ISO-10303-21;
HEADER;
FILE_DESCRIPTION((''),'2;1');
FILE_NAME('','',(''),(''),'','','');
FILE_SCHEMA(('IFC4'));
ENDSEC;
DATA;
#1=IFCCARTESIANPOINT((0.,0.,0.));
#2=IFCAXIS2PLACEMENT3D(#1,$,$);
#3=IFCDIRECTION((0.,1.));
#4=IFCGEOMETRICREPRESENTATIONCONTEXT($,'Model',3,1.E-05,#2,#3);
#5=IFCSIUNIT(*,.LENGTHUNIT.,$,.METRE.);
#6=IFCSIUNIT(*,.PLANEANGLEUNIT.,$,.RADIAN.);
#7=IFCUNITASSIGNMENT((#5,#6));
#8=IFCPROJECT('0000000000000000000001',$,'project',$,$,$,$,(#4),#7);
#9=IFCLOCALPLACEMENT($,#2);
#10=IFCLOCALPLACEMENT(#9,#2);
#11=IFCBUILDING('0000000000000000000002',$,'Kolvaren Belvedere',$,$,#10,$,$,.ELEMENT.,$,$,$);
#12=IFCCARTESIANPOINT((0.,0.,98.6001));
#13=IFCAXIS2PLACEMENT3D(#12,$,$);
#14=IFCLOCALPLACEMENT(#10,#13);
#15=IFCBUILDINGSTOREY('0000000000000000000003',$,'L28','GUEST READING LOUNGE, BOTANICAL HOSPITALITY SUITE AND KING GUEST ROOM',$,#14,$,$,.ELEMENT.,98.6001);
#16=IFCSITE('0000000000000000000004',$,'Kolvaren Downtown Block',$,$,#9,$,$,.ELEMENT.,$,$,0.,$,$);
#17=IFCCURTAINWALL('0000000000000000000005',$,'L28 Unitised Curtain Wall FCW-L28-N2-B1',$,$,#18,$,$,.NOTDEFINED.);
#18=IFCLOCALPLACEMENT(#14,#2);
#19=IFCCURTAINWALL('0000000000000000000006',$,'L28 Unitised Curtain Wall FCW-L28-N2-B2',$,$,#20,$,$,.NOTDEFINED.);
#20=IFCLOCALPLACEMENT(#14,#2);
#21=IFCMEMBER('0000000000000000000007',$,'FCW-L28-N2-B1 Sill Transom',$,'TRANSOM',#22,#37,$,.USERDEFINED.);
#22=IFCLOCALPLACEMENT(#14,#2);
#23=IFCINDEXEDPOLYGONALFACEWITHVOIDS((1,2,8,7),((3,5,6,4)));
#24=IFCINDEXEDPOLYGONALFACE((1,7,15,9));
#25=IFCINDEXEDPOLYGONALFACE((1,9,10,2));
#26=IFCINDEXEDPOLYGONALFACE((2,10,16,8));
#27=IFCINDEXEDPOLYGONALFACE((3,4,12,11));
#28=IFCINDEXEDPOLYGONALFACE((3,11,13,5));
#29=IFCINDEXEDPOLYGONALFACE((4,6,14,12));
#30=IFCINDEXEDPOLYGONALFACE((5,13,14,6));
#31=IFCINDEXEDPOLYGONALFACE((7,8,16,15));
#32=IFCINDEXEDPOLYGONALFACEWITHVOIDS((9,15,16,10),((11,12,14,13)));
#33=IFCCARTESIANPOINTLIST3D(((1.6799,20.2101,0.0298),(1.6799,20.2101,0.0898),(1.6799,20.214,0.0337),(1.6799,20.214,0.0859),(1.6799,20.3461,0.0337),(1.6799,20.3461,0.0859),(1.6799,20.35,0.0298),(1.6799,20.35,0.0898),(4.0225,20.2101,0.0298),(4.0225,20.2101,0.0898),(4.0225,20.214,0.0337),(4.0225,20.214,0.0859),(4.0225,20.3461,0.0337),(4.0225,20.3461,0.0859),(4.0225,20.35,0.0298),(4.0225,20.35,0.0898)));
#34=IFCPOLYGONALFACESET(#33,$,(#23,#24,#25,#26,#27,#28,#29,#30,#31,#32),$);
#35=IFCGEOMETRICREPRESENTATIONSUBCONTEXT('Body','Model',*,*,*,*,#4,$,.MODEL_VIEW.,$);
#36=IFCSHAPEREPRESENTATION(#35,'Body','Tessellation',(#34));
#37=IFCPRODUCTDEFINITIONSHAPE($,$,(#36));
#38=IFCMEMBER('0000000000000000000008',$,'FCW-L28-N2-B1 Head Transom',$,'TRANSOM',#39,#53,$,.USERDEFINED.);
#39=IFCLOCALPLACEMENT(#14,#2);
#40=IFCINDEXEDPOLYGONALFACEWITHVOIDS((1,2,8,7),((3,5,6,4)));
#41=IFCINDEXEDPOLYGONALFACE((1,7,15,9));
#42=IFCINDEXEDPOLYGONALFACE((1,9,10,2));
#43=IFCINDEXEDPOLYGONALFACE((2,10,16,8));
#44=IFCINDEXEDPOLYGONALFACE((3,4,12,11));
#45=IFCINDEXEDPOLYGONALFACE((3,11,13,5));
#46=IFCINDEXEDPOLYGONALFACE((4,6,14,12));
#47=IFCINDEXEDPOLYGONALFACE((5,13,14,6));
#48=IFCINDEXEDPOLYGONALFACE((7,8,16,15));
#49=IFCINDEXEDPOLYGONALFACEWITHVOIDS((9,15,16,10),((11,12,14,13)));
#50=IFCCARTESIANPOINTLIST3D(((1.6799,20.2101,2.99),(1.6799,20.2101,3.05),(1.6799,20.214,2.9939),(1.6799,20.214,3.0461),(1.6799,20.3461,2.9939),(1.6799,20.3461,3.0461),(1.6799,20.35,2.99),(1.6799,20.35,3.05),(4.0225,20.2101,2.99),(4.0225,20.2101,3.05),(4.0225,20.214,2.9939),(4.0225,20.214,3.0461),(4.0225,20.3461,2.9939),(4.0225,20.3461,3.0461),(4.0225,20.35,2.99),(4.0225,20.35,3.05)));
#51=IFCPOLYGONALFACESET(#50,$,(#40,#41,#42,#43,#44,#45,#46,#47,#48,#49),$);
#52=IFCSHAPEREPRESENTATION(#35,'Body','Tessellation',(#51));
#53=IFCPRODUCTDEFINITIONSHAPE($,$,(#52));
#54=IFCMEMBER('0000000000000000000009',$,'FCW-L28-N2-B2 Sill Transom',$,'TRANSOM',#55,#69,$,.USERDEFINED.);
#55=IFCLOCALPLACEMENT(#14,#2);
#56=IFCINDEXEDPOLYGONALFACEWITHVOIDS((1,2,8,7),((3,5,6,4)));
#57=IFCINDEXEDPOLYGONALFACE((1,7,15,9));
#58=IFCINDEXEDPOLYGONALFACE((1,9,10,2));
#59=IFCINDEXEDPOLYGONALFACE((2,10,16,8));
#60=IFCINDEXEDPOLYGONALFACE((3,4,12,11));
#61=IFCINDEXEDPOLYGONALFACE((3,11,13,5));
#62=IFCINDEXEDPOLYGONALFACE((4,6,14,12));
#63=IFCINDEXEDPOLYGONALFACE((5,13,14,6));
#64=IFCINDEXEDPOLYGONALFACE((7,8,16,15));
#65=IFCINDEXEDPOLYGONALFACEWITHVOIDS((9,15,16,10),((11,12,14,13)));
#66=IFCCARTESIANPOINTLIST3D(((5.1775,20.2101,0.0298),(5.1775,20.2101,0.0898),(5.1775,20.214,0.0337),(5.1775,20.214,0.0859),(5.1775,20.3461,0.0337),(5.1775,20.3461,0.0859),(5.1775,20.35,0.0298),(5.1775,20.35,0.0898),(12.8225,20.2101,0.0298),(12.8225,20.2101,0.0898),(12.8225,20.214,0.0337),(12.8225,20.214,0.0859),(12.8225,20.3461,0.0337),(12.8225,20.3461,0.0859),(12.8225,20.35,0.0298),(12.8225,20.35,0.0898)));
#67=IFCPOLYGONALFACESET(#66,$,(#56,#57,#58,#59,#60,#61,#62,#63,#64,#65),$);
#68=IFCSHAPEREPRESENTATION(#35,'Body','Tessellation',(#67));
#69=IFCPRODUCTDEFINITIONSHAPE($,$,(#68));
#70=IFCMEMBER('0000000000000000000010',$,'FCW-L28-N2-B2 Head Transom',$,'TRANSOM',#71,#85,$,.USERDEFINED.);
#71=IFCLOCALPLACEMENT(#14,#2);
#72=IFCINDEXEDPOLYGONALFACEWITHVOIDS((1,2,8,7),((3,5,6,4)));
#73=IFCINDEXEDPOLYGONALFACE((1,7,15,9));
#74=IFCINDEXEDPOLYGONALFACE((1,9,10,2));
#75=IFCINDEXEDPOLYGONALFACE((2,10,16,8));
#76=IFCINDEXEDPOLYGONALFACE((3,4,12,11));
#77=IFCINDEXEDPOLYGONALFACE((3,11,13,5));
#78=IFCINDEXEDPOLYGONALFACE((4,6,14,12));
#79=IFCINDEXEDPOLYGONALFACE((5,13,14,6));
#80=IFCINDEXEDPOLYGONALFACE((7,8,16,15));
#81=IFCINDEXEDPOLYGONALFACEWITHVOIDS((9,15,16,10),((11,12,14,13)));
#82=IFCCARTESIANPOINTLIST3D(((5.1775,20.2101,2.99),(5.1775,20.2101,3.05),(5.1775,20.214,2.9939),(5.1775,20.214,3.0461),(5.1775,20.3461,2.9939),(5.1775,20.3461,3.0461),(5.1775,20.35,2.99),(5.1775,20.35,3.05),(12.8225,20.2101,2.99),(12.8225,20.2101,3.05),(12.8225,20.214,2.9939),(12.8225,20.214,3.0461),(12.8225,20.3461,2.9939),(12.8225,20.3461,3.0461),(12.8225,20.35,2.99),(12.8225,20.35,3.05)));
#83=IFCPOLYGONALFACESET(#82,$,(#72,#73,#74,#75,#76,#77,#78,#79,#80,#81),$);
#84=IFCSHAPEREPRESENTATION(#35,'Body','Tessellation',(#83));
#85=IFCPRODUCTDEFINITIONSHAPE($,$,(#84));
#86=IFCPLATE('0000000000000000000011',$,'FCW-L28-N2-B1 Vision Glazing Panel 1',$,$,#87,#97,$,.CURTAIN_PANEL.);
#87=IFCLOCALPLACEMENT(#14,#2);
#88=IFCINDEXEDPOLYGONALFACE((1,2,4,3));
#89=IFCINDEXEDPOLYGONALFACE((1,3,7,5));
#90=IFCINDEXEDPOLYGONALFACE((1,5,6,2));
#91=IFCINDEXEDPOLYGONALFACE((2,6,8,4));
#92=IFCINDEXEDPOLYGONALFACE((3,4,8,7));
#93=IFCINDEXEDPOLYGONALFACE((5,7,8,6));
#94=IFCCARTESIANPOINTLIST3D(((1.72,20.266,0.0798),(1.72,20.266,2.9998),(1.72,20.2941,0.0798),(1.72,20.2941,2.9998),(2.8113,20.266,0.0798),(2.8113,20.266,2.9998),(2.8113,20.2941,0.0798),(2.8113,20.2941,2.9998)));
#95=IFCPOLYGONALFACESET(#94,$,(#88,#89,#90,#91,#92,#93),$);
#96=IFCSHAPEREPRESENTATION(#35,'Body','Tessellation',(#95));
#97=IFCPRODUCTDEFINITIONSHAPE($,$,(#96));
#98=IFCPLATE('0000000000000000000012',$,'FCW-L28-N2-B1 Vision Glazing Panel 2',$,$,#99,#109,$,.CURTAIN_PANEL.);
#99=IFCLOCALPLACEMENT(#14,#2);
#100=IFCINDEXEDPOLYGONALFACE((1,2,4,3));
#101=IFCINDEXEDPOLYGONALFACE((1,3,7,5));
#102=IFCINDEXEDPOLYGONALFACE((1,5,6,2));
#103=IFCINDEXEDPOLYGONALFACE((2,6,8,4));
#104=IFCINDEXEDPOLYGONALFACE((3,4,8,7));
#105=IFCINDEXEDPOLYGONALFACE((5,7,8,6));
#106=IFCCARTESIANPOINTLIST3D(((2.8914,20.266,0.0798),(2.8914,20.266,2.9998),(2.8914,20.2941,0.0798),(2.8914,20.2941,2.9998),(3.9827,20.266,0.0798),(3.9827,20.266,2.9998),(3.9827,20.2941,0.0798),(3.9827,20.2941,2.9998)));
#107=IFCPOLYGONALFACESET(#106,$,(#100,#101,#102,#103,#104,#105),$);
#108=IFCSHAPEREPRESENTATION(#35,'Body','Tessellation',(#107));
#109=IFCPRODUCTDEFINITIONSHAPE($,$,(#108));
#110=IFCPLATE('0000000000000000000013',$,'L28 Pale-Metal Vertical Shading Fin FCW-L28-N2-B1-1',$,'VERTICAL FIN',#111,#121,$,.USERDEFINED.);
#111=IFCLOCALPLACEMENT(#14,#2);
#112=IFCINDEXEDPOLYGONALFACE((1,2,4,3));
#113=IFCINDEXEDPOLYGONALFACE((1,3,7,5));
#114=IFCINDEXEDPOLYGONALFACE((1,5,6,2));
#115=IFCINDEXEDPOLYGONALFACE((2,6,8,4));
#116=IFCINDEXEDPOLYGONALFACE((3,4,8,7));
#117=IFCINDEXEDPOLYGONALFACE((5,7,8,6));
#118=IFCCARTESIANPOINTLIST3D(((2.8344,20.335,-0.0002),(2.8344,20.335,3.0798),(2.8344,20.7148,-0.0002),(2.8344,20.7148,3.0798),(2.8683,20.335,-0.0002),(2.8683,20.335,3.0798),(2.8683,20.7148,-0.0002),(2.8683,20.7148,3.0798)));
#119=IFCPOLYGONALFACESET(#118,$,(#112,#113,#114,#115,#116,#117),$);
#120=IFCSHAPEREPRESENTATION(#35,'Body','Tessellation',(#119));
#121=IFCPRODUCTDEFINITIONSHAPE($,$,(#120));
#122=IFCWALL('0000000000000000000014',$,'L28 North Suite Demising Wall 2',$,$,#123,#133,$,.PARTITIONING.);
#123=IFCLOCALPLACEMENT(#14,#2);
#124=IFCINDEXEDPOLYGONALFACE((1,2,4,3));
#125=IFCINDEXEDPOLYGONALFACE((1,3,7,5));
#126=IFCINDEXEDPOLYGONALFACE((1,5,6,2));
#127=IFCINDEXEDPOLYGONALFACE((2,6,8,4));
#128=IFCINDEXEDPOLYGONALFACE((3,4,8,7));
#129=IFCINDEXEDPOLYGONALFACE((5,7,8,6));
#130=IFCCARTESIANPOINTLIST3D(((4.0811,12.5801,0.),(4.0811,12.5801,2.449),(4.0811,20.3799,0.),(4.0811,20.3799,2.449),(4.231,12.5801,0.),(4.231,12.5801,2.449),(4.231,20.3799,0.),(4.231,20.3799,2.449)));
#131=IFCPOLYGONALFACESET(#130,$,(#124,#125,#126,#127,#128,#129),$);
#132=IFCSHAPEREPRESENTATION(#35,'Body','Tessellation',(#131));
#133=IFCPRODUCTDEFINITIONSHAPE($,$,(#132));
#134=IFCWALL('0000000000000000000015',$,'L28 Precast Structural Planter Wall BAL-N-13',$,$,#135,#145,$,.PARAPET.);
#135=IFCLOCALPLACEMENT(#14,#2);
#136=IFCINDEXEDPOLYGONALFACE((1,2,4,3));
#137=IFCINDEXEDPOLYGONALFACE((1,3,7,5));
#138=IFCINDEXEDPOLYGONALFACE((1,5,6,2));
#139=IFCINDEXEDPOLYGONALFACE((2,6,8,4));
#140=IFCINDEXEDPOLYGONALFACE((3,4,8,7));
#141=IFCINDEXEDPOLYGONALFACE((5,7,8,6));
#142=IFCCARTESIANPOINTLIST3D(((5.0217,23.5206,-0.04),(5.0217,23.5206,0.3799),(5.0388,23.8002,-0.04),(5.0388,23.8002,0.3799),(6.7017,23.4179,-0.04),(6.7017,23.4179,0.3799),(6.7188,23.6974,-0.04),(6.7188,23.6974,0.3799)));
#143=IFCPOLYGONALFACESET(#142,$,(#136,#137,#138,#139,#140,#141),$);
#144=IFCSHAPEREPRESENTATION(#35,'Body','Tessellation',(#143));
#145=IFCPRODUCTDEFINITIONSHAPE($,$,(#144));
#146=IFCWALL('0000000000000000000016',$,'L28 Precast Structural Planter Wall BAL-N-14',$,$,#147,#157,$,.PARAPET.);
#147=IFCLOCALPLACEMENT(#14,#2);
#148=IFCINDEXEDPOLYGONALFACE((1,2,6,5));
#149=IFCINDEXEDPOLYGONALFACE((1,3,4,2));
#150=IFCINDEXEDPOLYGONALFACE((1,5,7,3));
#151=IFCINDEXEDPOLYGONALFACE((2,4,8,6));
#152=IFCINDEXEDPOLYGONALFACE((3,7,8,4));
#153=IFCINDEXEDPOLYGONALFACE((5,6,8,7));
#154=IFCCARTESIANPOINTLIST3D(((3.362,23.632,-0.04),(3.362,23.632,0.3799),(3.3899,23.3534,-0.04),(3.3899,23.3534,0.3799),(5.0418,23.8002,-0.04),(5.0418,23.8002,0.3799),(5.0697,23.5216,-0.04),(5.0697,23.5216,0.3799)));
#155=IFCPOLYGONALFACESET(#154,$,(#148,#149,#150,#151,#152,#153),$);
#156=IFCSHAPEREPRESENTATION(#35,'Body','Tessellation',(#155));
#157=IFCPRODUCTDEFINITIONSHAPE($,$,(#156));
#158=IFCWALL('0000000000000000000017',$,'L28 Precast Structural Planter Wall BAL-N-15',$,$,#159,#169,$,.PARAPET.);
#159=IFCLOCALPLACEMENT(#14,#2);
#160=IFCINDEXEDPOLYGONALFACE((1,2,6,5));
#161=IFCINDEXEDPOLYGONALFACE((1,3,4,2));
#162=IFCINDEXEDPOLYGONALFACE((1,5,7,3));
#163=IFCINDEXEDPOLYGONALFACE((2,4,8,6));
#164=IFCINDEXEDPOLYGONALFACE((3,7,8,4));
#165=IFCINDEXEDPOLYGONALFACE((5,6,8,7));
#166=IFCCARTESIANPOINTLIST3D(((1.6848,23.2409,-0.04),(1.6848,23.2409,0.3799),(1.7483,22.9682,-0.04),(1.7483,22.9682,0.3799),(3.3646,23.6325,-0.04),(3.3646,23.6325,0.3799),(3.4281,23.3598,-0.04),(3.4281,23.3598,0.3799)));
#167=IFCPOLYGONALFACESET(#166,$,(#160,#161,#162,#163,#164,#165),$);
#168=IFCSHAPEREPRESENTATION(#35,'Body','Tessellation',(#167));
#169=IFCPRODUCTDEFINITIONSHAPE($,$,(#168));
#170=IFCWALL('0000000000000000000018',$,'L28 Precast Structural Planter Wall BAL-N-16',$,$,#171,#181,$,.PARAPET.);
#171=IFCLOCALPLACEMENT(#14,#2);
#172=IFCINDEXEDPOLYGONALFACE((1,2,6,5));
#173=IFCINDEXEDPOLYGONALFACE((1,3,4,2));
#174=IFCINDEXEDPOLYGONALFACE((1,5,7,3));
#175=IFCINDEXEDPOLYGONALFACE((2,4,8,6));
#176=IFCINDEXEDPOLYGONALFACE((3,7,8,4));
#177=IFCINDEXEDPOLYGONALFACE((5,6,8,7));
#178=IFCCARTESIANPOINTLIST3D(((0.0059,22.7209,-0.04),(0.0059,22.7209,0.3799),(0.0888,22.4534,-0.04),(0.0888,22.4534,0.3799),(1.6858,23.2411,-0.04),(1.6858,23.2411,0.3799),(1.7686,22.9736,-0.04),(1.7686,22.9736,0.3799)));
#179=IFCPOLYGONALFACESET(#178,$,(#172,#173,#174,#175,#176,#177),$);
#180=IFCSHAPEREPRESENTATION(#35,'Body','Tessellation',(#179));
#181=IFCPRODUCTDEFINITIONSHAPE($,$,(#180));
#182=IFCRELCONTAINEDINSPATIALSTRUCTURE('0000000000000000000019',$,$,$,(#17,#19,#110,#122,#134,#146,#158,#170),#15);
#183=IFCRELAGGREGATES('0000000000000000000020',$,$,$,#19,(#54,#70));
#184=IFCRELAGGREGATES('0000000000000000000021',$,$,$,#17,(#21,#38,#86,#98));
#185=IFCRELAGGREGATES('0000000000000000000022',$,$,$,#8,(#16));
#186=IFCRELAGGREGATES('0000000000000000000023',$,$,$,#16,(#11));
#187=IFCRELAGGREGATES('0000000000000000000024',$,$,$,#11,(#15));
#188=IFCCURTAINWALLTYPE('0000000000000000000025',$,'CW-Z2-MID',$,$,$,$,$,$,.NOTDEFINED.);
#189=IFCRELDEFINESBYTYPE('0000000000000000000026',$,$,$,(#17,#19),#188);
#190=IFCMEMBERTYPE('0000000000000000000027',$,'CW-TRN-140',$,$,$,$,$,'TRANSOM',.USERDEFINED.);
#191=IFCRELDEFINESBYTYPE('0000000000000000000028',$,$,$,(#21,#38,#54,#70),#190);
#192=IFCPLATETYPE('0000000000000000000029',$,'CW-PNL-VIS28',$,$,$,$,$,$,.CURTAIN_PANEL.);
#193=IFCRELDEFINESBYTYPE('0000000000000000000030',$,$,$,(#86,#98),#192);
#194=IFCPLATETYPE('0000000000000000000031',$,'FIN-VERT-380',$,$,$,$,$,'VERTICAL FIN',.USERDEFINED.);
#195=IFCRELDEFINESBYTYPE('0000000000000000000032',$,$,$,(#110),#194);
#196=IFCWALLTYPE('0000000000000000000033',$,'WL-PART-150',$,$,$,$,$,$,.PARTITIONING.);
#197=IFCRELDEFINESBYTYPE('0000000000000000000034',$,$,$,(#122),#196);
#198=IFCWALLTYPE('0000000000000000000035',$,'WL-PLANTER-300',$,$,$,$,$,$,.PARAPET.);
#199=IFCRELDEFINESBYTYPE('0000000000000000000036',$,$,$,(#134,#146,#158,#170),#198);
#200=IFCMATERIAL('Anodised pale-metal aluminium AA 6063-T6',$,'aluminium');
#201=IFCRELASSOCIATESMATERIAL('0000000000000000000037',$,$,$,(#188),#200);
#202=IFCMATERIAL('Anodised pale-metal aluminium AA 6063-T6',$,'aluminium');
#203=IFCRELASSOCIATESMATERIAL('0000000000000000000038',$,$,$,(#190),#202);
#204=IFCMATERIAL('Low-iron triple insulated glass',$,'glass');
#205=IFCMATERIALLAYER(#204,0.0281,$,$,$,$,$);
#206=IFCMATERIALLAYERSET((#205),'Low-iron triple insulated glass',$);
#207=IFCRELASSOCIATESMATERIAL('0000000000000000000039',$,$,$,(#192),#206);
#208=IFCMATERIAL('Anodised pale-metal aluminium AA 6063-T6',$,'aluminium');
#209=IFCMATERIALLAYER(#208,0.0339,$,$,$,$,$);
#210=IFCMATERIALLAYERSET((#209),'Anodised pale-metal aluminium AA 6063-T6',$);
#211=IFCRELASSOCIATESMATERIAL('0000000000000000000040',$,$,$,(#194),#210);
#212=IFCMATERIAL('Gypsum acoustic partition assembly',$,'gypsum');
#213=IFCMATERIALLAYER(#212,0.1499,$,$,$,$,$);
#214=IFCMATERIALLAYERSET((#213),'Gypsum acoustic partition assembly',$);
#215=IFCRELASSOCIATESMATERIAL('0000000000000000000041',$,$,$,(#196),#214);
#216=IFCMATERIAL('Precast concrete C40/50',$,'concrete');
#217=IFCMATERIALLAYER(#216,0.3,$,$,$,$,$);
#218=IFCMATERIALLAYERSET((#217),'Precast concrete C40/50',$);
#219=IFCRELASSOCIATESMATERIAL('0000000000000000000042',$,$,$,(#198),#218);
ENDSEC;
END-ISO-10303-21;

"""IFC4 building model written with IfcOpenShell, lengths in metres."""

from ifc_helpers import new_model, si_unit, direction, frame, frame_2d, origin, origin_2d, place, context, subcontext, project, spatial, rectangle, hollow_rectangle, extrude, material, layer, layer_set, material_profile, profile_set, type_object, element, aggregate, save


model = new_model("IFC4")

# Units and contexts
model_context = context("Model", 3, precision=1e-05, world=origin(), true_north=direction((0.0, 1.0)))
body_context = subcontext(model_context, "Body", "Model", "MODEL_VIEW")
ifc_project = project(units=[si_unit("LENGTHUNIT", "METRE"), si_unit("PLANEANGLEUNIT", "RADIAN")], contexts=[model_context])

# Site, building, storey
site_placement = place(None, origin())
site = spatial("IfcSite", under=ifc_project, at=site_placement, Name="Kolvaren Downtown Block", CompositionType="ELEMENT", RefElevation=0.0)
building_placement = place(site_placement, origin())
building = spatial("IfcBuilding", under=site, at=building_placement, Name="Kolvaren Belvedere", CompositionType="ELEMENT")
storey_placement = place(building_placement, frame((0.0, 0.0, 98.6001)))
storey = spatial("IfcBuildingStorey", under=building, at=storey_placement, Name="L28", Description="GUEST READING LOUNGE, BOTANICAL HOSPITALITY SUITE AND KING GUEST ROOM", CompositionType="ELEMENT", Elevation=98.6001)

# Curtain wall
ifc_material_1 = material(Name="Anodised pale-metal aluminium AA 6063-T6", Category="aluminium")
curtain_wall_type = type_object("IfcCurtainWallType", Name="CW-Z2-MID", PredefinedType="NOTDEFINED", material=ifc_material_1)
curtain_wall_1_placement = place(storey_placement, origin())
curtain_wall_1 = element("IfcCurtainWall", 1, at=curtain_wall_1_placement, inside=storey, type_object=curtain_wall_type, Name="L28 Unitised Curtain Wall FCW-L28-N2-B1", PredefinedType="NOTDEFINED")

# Curtain wall
curtain_wall_2_placement = place(storey_placement, origin())
curtain_wall_2 = element("IfcCurtainWall", 2, at=curtain_wall_2_placement, inside=storey, type_object=curtain_wall_type, Name="L28 Unitised Curtain Wall FCW-L28-N2-B2", PredefinedType="NOTDEFINED")

# Members
ifc_material_2 = material(Name="Anodised pale-metal aluminium AA 6063-T6", Category="aluminium")
ifc_material_profile_1 = material_profile(ifc_material_2, hollow_rectangle(XDim=0.0601, YDim=0.1399, WallThickness=0.0039, at=origin_2d()), Name="ALU-TRN-140X60")
ifc_profile_set_1 = profile_set([ifc_material_profile_1], Name="Anodised pale-metal aluminium AA 6063-T6")
member_type_1 = type_object("IfcMemberType", Name="CW-TRN-140", ElementType="TRANSOM", PredefinedType="USERDEFINED", material=ifc_profile_set_1)
member_1_placement = place(storey_placement, frame((1.6799, 20.28, 0.0598), z_axis=(1.0, 0.0, 0.0), x_axis=(0.0, 0.0, 1.0)))
member_1 = element("IfcMember", 3, at=member_1_placement, type_object=member_type_1, Name="FCW-L28-N2-B1 Sill Transom", ObjectType="TRANSOM", PredefinedType="USERDEFINED", context=body_context, shape_type="SweptSolid", body=[
    extrude(hollow_rectangle(XDim=0.0601, YDim=0.1399, WallThickness=0.0039, at=origin_2d()), origin(), (0.0, 0.0, 1.0), 2.3425),
])
member_2_placement = place(storey_placement, frame((1.6799, 20.28, 3.02), z_axis=(1.0, 0.0, 0.0), x_axis=(0.0, 0.0, 1.0)))
member_2 = element("IfcMember", 4, at=member_2_placement, type_object=member_type_1, Name="FCW-L28-N2-B1 Head Transom", ObjectType="TRANSOM", PredefinedType="USERDEFINED", context=body_context, shape_type="SweptSolid", body=[
    extrude(hollow_rectangle(XDim=0.0601, YDim=0.1399, WallThickness=0.0039, at=origin_2d()), origin(), (0.0, 0.0, 1.0), 2.3425),
])
member_3_placement = place(storey_placement, frame((5.1775, 20.28, 0.0598), z_axis=(1.0, 0.0, 0.0), x_axis=(0.0, 0.0, 1.0)))
member_3 = element("IfcMember", 5, at=member_3_placement, type_object=member_type_1, Name="FCW-L28-N2-B2 Sill Transom", ObjectType="TRANSOM", PredefinedType="USERDEFINED", context=body_context, shape_type="SweptSolid", body=[
    extrude(hollow_rectangle(XDim=0.0601, YDim=0.1399, WallThickness=0.0039, at=origin_2d()), origin(), (0.0, 0.0, 1.0), 7.645),
])
member_4_placement = place(storey_placement, frame((5.1775, 20.28, 3.02), z_axis=(1.0, 0.0, 0.0), x_axis=(0.0, 0.0, 1.0)))
member_4 = element("IfcMember", 6, at=member_4_placement, type_object=member_type_1, Name="FCW-L28-N2-B2 Head Transom", ObjectType="TRANSOM", PredefinedType="USERDEFINED", context=body_context, shape_type="SweptSolid", body=[
    extrude(hollow_rectangle(XDim=0.0601, YDim=0.1399, WallThickness=0.0039, at=origin_2d()), origin(), (0.0, 0.0, 1.0), 7.645),
])
aggregate(curtain_wall_2, [member_3, member_4])

# Plates
ifc_material_3 = material(Name="Low-iron triple insulated glass", Category="glass")
ifc_layer_1 = layer(ifc_material_3, 0.0281)
ifc_layer_set_1 = layer_set([ifc_layer_1], Name="Low-iron triple insulated glass")
plate_type_1 = type_object("IfcPlateType", Name="CW-PNL-VIS28", PredefinedType="CURTAIN_PANEL", material=ifc_layer_set_1)
plate_1_placement = place(storey_placement, frame((2.2656, 20.28, 0.0798), z_axis=(0.0, 0.0, 1.0), x_axis=(1.0, 0.0, 0.0)))
plate_1 = element("IfcPlate", 7, at=plate_1_placement, type_object=plate_type_1, Name="FCW-L28-N2-B1 Vision Glazing Panel 1", PredefinedType="CURTAIN_PANEL", context=body_context, shape_type="SweptSolid", body=[
    extrude(rectangle(XDim=1.0913, YDim=0.0281, at=origin_2d()), origin(), (0.0, 0.0, 1.0), 2.9199),
])
plate_2_placement = place(storey_placement, frame((3.437, 20.28, 0.0798), z_axis=(0.0, 0.0, 1.0), x_axis=(1.0, 0.0, 0.0)))
plate_2 = element("IfcPlate", 8, at=plate_2_placement, type_object=plate_type_1, Name="FCW-L28-N2-B1 Vision Glazing Panel 2", PredefinedType="CURTAIN_PANEL", context=body_context, shape_type="SweptSolid", body=[
    extrude(rectangle(XDim=1.0913, YDim=0.0281, at=origin_2d()), origin(), (0.0, 0.0, 1.0), 2.9199),
])
aggregate(curtain_wall_1, [member_1, member_2, plate_1, plate_2])
ifc_material_4 = material(Name="Anodised pale-metal aluminium AA 6063-T6", Category="aluminium")
ifc_layer_2 = layer(ifc_material_4, 0.0339)
ifc_layer_set_2 = layer_set([ifc_layer_2], Name="Anodised pale-metal aluminium AA 6063-T6")
plate_type_2 = type_object("IfcPlateType", Name="FIN-VERT-380", ElementType="VERTICAL FIN", PredefinedType="USERDEFINED", material=ifc_layer_set_2)
plate_3_placement = place(storey_placement, frame((2.8513, 20.5249, -0.0002), z_axis=(0.0, 0.0, 1.0), x_axis=(0.0, 1.0, 0.0)))
element("IfcPlate", 9, at=plate_3_placement, inside=storey, type_object=plate_type_2, Name="L28 Pale-Metal Vertical Shading Fin FCW-L28-N2-B1-1", ObjectType="VERTICAL FIN", PredefinedType="USERDEFINED", context=body_context, shape_type="SweptSolid", body=[
    extrude(rectangle(XDim=0.3799, YDim=0.0339, at=origin_2d()), origin(), (0.0, 0.0, 1.0), 3.0801),
])

# Walls
ifc_material_5 = material(Name="Gypsum acoustic partition assembly", Category="gypsum")
ifc_layer_3 = layer(ifc_material_5, 0.1499)
ifc_layer_set_3 = layer_set([ifc_layer_3], Name="Gypsum acoustic partition assembly")
wall_type_1 = type_object("IfcWallType", Name="WL-PART-150", PredefinedType="PARTITIONING", material=ifc_layer_set_3)
wall_1_placement = place(storey_placement, frame((4.156, 12.5801, 0.0), z_axis=(0.0, 0.0, 1.0), x_axis=(0.0, 1.0, 0.0)))
element("IfcWall", 10, at=wall_1_placement, inside=storey, type_object=wall_type_1, Name="L28 North Suite Demising Wall 2", PredefinedType="PARTITIONING", context=body_context, shape_type="SweptSolid", body=[
    extrude(rectangle(XDim=7.7998, YDim=0.1499, at=frame_2d((3.8999, 0.0))), origin(), (0.0, 0.0, 1.0), 2.449),
])
ifc_material_6 = material(Name="Precast concrete C40/50", Category="concrete")
ifc_layer_4 = layer(ifc_material_6, 0.3)
ifc_layer_set_4 = layer_set([ifc_layer_4], Name="Precast concrete C40/50")
wall_type_2 = type_object("IfcWallType", Name="WL-PLANTER-300", PredefinedType="PARAPET", material=ifc_layer_set_4)
wall_2_placement = place(storey_placement, frame((6.7102, 23.5576, -0.04), z_axis=(0.0, 0.0, 1.0), x_axis=(-0.998134, 0.061069, 0.0)))
element("IfcWall", 11, at=wall_2_placement, inside=storey, type_object=wall_type_2, Name="L28 Precast Structural Planter Wall BAL-N-13", PredefinedType="PARAPET", context=body_context, shape_type="SweptSolid", body=[
    extrude(rectangle(XDim=1.6831, YDim=0.28, at=frame_2d((0.8416, 0.0))), origin(), (0.0, 0.0, 1.0), 0.4199),
])
wall_3_placement = place(storey_placement, frame((5.0559, 23.6609, -0.04), z_axis=(0.0, 0.0, 1.0), x_axis=(-0.995024, -0.099633, 0.0)))
element("IfcWall", 12, at=wall_3_placement, inside=storey, type_object=wall_type_2, Name="L28 Precast Structural Planter Wall BAL-N-14", PredefinedType="PARAPET", context=body_context, shape_type="SweptSolid", body=[
    extrude(rectangle(XDim=1.6882, YDim=0.28, at=frame_2d((0.8442, 0.0))), origin(), (0.0, 0.0, 1.0), 0.4199),
])
wall_4_placement = place(storey_placement, frame((3.3962, 23.4961, -0.04), z_axis=(0.0, 0.0, 1.0), x_axis=(-0.97389, -0.227019, 0.0)))
element("IfcWall", 13, at=wall_4_placement, inside=storey, type_object=wall_type_2, Name="L28 Precast Structural Planter Wall BAL-N-15", PredefinedType="PARAPET", context=body_context, shape_type="SweptSolid", body=[
    extrude(rectangle(XDim=1.7249, YDim=0.28, at=frame_2d((0.8623, 0.0))), origin(), (0.0, 0.0, 1.0), 0.4199),
])
wall_5_placement = place(storey_placement, frame((1.7273, 23.1074, -0.04), z_axis=(0.0, 0.0, 1.0), x_axis=(-0.95524, -0.295832, 0.0)))
element("IfcWall", 14, at=wall_5_placement, inside=storey, type_object=wall_type_2, Name="L28 Precast Structural Planter Wall BAL-N-16", PredefinedType="PARAPET", context=body_context, shape_type="SweptSolid", body=[
    extrude(rectangle(XDim=1.7585, YDim=0.28, at=frame_2d((0.8794, 0.0))), origin(), (0.0, 0.0, 1.0), 0.4199),
])

save(model, "model.ifc")
